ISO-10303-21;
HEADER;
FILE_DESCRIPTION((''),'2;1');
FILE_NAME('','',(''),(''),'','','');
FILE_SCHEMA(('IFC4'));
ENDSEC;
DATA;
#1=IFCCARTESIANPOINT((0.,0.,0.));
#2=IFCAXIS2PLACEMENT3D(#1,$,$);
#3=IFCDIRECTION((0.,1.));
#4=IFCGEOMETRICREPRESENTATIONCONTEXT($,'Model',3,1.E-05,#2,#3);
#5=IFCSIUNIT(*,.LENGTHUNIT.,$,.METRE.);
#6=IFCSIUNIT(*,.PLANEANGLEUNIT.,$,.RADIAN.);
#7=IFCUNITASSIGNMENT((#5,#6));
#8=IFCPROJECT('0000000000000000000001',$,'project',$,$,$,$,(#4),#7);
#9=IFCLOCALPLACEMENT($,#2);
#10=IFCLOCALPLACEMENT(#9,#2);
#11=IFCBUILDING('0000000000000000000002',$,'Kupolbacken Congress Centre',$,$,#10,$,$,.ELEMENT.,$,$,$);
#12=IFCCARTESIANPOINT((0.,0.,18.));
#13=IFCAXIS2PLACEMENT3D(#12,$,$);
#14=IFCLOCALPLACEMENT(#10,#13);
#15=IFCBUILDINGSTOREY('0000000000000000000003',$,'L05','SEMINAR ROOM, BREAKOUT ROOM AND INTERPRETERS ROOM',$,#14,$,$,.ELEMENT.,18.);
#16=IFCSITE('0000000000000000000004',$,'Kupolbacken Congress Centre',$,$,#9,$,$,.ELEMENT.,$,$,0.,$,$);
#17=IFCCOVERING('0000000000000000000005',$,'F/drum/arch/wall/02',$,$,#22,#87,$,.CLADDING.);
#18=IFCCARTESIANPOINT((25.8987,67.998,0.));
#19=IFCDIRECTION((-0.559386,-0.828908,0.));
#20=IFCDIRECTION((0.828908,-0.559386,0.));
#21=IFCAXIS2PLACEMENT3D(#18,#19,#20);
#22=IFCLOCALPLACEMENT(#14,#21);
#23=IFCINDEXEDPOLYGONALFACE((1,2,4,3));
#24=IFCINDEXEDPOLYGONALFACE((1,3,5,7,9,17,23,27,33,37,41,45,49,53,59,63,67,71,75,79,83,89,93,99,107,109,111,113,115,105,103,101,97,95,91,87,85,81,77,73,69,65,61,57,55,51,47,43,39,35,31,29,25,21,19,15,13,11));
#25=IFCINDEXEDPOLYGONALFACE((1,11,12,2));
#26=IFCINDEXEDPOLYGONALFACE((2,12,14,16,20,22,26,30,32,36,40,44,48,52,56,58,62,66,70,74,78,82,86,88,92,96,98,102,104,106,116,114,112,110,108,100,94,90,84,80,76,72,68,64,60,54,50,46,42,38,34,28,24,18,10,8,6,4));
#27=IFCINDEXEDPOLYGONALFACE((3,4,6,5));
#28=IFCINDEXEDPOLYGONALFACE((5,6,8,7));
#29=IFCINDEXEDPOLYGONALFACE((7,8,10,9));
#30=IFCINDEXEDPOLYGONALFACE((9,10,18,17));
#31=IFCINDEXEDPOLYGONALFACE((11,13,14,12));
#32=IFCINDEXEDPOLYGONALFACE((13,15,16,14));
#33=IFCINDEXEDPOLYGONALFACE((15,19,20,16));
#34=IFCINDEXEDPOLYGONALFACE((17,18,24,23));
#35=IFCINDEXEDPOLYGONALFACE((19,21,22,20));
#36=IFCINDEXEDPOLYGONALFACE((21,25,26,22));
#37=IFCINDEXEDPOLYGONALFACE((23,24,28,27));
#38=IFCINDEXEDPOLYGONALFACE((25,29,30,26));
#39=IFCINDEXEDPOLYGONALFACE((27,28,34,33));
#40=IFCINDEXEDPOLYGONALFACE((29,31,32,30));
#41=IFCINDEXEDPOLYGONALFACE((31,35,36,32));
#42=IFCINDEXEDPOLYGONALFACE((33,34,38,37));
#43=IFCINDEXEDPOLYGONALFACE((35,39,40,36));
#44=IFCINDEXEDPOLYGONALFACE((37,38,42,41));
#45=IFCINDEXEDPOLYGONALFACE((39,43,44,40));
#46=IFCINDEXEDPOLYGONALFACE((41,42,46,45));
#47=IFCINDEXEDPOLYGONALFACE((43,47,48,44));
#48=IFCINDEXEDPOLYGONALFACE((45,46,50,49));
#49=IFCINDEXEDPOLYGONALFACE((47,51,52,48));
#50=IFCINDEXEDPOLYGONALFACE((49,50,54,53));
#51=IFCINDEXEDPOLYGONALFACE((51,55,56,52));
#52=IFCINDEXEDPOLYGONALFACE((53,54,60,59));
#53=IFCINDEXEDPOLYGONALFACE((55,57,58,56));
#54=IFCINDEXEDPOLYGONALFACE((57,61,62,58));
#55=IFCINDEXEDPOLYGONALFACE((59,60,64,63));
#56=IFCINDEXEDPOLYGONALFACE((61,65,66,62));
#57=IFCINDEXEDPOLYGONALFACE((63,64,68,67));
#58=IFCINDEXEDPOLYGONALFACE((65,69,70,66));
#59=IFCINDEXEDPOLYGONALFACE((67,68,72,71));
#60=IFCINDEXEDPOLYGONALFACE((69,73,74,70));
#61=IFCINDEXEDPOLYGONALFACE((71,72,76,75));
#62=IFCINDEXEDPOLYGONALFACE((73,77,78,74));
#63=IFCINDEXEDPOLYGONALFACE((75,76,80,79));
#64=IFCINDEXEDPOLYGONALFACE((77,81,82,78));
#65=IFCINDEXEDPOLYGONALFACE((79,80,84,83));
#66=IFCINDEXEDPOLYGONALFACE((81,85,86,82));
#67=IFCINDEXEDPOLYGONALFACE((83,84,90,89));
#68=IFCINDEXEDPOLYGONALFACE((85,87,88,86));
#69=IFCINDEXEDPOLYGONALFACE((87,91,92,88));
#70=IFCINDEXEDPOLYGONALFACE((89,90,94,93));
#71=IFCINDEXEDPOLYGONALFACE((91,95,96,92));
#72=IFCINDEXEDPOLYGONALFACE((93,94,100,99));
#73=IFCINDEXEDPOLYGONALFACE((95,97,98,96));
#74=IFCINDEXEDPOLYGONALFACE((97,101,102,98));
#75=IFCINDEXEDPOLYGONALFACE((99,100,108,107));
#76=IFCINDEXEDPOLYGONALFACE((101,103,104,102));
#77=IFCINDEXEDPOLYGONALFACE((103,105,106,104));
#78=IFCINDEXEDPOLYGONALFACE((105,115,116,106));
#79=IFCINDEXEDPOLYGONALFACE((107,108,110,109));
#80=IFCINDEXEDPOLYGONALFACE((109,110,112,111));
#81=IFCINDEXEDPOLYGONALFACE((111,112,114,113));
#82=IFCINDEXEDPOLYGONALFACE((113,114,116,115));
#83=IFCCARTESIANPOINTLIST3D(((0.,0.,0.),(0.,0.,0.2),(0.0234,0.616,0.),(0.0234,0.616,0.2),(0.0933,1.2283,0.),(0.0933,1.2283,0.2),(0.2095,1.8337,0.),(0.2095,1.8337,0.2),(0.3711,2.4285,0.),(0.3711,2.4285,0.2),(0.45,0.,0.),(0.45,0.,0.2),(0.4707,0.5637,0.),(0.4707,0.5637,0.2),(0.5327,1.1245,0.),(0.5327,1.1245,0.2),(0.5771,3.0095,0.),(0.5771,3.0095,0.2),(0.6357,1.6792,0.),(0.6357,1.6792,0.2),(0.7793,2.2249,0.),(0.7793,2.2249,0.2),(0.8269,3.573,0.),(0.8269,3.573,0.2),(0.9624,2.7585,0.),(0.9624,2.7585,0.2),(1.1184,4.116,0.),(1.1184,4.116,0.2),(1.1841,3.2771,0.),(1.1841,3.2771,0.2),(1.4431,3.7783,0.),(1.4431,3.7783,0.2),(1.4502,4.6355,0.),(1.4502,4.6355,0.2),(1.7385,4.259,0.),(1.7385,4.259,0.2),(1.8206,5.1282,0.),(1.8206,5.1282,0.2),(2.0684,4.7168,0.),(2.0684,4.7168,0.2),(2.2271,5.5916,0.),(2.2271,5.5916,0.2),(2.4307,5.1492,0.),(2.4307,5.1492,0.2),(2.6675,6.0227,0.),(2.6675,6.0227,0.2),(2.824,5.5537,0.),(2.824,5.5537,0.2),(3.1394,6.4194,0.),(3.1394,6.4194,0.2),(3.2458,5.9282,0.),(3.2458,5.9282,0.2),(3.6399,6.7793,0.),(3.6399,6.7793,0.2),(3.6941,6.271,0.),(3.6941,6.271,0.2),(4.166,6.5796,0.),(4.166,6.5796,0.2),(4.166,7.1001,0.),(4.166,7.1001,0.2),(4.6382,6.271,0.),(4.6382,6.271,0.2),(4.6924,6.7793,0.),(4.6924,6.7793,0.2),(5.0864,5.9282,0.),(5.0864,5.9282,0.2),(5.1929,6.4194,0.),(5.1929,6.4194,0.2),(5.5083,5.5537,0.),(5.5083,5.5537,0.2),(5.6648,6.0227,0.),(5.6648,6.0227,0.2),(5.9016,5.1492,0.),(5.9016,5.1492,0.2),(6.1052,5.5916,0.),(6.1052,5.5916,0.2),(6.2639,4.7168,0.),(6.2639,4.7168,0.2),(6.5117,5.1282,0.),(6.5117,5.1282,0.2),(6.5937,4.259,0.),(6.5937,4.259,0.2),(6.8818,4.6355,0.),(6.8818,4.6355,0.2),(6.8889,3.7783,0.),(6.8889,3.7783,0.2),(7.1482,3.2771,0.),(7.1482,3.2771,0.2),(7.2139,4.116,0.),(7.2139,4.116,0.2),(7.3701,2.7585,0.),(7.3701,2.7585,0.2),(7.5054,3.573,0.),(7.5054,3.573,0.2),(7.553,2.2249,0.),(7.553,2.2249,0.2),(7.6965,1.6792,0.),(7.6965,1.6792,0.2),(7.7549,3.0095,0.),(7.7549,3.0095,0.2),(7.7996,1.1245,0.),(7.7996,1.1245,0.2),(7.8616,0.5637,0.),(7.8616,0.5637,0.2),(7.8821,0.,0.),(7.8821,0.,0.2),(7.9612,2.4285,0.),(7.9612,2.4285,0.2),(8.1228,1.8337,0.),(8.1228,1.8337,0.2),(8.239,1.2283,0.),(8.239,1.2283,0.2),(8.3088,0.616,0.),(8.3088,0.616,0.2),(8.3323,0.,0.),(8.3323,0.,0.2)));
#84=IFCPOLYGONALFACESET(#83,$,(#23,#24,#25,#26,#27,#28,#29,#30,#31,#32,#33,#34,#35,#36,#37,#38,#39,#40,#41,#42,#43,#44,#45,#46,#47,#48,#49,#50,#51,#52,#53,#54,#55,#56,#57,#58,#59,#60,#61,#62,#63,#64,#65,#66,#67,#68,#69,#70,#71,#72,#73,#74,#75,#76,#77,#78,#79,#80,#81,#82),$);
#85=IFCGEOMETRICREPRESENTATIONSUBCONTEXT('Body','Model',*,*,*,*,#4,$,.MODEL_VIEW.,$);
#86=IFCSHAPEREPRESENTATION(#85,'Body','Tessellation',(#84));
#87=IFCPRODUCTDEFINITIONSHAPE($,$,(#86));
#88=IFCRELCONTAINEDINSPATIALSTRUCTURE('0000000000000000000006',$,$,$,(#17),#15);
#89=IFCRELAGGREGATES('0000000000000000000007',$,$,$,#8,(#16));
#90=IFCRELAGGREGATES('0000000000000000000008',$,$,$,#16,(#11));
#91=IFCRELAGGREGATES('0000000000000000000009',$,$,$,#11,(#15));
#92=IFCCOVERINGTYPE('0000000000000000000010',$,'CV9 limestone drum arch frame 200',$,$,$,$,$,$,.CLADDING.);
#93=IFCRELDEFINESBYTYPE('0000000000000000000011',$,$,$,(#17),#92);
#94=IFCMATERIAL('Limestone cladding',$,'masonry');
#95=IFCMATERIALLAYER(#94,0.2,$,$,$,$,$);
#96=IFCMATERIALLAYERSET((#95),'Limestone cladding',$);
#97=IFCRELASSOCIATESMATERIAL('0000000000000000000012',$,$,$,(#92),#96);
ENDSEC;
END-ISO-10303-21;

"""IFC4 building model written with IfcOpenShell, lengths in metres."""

from ifc_helpers import new_model, si_unit, direction, frame, origin, place, context, subcontext, project, spatial, polyline, outline, extrude, material, layer, layer_set, type_object, element, save


model = new_model("IFC4")

# Units and contexts
model_context = context("Model", 3, precision=1e-05, world=origin(), true_north=direction((0.0, 1.0)))
body_context = subcontext(model_context, "Body", "Model", "MODEL_VIEW")
ifc_project = project(units=[si_unit("LENGTHUNIT", "METRE"), si_unit("PLANEANGLEUNIT", "RADIAN")], contexts=[model_context])

# Site, building, storey
site_placement = place(None, origin())
site = spatial("IfcSite", under=ifc_project, at=site_placement, Name="Kupolbacken Congress Centre", CompositionType="ELEMENT", RefElevation=0.0)
building_placement = place(site_placement, origin())
building = spatial("IfcBuilding", under=site, at=building_placement, Name="Kupolbacken Congress Centre", CompositionType="ELEMENT")
storey_placement = place(building_placement, frame((0.0, 0.0, 18.0)))
storey = spatial("IfcBuildingStorey", under=building, at=storey_placement, Name="L05", Description="SEMINAR ROOM, BREAKOUT ROOM AND INTERPRETERS ROOM", CompositionType="ELEMENT", Elevation=18.0)

# Covering
ifc_material_1 = material(Name="Limestone cladding", Category="masonry")
ifc_layer_1 = layer(ifc_material_1, 0.2)
ifc_layer_set_1 = layer_set([ifc_layer_1], Name="Limestone cladding")
covering_type = type_object("IfcCoveringType", Name="CV9 limestone drum arch frame 200", PredefinedType="CLADDING", material=ifc_layer_set_1)
covering_placement = place(storey_placement, frame((25.8987, 67.998, 0.0), z_axis=(-0.559386, -0.828908, 0.0), x_axis=(0.828908, -0.559386, 0.0)))
element("IfcCovering", 1, at=covering_placement, inside=storey, type_object=covering_type, Name="F/drum/arch/wall/02", PredefinedType="CLADDING", context=body_context, shape_type="SweptSolid", body=[
    extrude(outline(polyline([(0.0, 0.0), (0.0234, 0.616), (0.0933, 1.2283), (0.2095, 1.8337), (0.3711, 2.4285), (0.5771, 3.0095), (0.8269, 3.573), (1.1184, 4.116), (1.4502, 4.6355), (1.8206, 5.1282), (2.2271, 5.5916), (2.6675, 6.0227), (3.1394, 6.4194), (3.6399, 6.7793), (4.166, 7.1001), (4.6924, 6.7793), (5.1929, 6.4194), (5.6648, 6.0227), (6.1052, 5.5916), (6.5117, 5.1282), (6.8818, 4.6355), (7.2139, 4.116), (7.5054, 3.573), (7.7549, 3.0095), (7.9612, 2.4285), (8.1228, 1.8337), (8.239, 1.2283), (8.3088, 0.616), (8.3323, 0.0), (7.8821, 0.0), (7.8616, 0.5637), (7.7996, 1.1245), (7.6965, 1.6792), (7.553, 2.2249), (7.3701, 2.7585), (7.1482, 3.2771), (6.8889, 3.7783), (6.5938, 4.259), (6.2639, 4.7168), (5.9016, 5.1492), (5.5083, 5.5537), (5.0864, 5.9282), (4.6382, 6.271), (4.166, 6.5796), (3.6941, 6.271), (3.2458, 5.9282), (2.824, 5.5537), (2.4307, 5.1492), (2.0684, 4.7168), (1.7385, 4.259), (1.4431, 3.7783), (1.1841, 3.2771), (0.9624, 2.7585), (0.7793, 2.2249), (0.6357, 1.6792), (0.5327, 1.1245), (0.4707, 0.5637), (0.45, 0.0), (0.0, 0.0)])), origin(), (0.0, 0.0, 1.0), 0.2),
])

save(model, "model.ifc")
